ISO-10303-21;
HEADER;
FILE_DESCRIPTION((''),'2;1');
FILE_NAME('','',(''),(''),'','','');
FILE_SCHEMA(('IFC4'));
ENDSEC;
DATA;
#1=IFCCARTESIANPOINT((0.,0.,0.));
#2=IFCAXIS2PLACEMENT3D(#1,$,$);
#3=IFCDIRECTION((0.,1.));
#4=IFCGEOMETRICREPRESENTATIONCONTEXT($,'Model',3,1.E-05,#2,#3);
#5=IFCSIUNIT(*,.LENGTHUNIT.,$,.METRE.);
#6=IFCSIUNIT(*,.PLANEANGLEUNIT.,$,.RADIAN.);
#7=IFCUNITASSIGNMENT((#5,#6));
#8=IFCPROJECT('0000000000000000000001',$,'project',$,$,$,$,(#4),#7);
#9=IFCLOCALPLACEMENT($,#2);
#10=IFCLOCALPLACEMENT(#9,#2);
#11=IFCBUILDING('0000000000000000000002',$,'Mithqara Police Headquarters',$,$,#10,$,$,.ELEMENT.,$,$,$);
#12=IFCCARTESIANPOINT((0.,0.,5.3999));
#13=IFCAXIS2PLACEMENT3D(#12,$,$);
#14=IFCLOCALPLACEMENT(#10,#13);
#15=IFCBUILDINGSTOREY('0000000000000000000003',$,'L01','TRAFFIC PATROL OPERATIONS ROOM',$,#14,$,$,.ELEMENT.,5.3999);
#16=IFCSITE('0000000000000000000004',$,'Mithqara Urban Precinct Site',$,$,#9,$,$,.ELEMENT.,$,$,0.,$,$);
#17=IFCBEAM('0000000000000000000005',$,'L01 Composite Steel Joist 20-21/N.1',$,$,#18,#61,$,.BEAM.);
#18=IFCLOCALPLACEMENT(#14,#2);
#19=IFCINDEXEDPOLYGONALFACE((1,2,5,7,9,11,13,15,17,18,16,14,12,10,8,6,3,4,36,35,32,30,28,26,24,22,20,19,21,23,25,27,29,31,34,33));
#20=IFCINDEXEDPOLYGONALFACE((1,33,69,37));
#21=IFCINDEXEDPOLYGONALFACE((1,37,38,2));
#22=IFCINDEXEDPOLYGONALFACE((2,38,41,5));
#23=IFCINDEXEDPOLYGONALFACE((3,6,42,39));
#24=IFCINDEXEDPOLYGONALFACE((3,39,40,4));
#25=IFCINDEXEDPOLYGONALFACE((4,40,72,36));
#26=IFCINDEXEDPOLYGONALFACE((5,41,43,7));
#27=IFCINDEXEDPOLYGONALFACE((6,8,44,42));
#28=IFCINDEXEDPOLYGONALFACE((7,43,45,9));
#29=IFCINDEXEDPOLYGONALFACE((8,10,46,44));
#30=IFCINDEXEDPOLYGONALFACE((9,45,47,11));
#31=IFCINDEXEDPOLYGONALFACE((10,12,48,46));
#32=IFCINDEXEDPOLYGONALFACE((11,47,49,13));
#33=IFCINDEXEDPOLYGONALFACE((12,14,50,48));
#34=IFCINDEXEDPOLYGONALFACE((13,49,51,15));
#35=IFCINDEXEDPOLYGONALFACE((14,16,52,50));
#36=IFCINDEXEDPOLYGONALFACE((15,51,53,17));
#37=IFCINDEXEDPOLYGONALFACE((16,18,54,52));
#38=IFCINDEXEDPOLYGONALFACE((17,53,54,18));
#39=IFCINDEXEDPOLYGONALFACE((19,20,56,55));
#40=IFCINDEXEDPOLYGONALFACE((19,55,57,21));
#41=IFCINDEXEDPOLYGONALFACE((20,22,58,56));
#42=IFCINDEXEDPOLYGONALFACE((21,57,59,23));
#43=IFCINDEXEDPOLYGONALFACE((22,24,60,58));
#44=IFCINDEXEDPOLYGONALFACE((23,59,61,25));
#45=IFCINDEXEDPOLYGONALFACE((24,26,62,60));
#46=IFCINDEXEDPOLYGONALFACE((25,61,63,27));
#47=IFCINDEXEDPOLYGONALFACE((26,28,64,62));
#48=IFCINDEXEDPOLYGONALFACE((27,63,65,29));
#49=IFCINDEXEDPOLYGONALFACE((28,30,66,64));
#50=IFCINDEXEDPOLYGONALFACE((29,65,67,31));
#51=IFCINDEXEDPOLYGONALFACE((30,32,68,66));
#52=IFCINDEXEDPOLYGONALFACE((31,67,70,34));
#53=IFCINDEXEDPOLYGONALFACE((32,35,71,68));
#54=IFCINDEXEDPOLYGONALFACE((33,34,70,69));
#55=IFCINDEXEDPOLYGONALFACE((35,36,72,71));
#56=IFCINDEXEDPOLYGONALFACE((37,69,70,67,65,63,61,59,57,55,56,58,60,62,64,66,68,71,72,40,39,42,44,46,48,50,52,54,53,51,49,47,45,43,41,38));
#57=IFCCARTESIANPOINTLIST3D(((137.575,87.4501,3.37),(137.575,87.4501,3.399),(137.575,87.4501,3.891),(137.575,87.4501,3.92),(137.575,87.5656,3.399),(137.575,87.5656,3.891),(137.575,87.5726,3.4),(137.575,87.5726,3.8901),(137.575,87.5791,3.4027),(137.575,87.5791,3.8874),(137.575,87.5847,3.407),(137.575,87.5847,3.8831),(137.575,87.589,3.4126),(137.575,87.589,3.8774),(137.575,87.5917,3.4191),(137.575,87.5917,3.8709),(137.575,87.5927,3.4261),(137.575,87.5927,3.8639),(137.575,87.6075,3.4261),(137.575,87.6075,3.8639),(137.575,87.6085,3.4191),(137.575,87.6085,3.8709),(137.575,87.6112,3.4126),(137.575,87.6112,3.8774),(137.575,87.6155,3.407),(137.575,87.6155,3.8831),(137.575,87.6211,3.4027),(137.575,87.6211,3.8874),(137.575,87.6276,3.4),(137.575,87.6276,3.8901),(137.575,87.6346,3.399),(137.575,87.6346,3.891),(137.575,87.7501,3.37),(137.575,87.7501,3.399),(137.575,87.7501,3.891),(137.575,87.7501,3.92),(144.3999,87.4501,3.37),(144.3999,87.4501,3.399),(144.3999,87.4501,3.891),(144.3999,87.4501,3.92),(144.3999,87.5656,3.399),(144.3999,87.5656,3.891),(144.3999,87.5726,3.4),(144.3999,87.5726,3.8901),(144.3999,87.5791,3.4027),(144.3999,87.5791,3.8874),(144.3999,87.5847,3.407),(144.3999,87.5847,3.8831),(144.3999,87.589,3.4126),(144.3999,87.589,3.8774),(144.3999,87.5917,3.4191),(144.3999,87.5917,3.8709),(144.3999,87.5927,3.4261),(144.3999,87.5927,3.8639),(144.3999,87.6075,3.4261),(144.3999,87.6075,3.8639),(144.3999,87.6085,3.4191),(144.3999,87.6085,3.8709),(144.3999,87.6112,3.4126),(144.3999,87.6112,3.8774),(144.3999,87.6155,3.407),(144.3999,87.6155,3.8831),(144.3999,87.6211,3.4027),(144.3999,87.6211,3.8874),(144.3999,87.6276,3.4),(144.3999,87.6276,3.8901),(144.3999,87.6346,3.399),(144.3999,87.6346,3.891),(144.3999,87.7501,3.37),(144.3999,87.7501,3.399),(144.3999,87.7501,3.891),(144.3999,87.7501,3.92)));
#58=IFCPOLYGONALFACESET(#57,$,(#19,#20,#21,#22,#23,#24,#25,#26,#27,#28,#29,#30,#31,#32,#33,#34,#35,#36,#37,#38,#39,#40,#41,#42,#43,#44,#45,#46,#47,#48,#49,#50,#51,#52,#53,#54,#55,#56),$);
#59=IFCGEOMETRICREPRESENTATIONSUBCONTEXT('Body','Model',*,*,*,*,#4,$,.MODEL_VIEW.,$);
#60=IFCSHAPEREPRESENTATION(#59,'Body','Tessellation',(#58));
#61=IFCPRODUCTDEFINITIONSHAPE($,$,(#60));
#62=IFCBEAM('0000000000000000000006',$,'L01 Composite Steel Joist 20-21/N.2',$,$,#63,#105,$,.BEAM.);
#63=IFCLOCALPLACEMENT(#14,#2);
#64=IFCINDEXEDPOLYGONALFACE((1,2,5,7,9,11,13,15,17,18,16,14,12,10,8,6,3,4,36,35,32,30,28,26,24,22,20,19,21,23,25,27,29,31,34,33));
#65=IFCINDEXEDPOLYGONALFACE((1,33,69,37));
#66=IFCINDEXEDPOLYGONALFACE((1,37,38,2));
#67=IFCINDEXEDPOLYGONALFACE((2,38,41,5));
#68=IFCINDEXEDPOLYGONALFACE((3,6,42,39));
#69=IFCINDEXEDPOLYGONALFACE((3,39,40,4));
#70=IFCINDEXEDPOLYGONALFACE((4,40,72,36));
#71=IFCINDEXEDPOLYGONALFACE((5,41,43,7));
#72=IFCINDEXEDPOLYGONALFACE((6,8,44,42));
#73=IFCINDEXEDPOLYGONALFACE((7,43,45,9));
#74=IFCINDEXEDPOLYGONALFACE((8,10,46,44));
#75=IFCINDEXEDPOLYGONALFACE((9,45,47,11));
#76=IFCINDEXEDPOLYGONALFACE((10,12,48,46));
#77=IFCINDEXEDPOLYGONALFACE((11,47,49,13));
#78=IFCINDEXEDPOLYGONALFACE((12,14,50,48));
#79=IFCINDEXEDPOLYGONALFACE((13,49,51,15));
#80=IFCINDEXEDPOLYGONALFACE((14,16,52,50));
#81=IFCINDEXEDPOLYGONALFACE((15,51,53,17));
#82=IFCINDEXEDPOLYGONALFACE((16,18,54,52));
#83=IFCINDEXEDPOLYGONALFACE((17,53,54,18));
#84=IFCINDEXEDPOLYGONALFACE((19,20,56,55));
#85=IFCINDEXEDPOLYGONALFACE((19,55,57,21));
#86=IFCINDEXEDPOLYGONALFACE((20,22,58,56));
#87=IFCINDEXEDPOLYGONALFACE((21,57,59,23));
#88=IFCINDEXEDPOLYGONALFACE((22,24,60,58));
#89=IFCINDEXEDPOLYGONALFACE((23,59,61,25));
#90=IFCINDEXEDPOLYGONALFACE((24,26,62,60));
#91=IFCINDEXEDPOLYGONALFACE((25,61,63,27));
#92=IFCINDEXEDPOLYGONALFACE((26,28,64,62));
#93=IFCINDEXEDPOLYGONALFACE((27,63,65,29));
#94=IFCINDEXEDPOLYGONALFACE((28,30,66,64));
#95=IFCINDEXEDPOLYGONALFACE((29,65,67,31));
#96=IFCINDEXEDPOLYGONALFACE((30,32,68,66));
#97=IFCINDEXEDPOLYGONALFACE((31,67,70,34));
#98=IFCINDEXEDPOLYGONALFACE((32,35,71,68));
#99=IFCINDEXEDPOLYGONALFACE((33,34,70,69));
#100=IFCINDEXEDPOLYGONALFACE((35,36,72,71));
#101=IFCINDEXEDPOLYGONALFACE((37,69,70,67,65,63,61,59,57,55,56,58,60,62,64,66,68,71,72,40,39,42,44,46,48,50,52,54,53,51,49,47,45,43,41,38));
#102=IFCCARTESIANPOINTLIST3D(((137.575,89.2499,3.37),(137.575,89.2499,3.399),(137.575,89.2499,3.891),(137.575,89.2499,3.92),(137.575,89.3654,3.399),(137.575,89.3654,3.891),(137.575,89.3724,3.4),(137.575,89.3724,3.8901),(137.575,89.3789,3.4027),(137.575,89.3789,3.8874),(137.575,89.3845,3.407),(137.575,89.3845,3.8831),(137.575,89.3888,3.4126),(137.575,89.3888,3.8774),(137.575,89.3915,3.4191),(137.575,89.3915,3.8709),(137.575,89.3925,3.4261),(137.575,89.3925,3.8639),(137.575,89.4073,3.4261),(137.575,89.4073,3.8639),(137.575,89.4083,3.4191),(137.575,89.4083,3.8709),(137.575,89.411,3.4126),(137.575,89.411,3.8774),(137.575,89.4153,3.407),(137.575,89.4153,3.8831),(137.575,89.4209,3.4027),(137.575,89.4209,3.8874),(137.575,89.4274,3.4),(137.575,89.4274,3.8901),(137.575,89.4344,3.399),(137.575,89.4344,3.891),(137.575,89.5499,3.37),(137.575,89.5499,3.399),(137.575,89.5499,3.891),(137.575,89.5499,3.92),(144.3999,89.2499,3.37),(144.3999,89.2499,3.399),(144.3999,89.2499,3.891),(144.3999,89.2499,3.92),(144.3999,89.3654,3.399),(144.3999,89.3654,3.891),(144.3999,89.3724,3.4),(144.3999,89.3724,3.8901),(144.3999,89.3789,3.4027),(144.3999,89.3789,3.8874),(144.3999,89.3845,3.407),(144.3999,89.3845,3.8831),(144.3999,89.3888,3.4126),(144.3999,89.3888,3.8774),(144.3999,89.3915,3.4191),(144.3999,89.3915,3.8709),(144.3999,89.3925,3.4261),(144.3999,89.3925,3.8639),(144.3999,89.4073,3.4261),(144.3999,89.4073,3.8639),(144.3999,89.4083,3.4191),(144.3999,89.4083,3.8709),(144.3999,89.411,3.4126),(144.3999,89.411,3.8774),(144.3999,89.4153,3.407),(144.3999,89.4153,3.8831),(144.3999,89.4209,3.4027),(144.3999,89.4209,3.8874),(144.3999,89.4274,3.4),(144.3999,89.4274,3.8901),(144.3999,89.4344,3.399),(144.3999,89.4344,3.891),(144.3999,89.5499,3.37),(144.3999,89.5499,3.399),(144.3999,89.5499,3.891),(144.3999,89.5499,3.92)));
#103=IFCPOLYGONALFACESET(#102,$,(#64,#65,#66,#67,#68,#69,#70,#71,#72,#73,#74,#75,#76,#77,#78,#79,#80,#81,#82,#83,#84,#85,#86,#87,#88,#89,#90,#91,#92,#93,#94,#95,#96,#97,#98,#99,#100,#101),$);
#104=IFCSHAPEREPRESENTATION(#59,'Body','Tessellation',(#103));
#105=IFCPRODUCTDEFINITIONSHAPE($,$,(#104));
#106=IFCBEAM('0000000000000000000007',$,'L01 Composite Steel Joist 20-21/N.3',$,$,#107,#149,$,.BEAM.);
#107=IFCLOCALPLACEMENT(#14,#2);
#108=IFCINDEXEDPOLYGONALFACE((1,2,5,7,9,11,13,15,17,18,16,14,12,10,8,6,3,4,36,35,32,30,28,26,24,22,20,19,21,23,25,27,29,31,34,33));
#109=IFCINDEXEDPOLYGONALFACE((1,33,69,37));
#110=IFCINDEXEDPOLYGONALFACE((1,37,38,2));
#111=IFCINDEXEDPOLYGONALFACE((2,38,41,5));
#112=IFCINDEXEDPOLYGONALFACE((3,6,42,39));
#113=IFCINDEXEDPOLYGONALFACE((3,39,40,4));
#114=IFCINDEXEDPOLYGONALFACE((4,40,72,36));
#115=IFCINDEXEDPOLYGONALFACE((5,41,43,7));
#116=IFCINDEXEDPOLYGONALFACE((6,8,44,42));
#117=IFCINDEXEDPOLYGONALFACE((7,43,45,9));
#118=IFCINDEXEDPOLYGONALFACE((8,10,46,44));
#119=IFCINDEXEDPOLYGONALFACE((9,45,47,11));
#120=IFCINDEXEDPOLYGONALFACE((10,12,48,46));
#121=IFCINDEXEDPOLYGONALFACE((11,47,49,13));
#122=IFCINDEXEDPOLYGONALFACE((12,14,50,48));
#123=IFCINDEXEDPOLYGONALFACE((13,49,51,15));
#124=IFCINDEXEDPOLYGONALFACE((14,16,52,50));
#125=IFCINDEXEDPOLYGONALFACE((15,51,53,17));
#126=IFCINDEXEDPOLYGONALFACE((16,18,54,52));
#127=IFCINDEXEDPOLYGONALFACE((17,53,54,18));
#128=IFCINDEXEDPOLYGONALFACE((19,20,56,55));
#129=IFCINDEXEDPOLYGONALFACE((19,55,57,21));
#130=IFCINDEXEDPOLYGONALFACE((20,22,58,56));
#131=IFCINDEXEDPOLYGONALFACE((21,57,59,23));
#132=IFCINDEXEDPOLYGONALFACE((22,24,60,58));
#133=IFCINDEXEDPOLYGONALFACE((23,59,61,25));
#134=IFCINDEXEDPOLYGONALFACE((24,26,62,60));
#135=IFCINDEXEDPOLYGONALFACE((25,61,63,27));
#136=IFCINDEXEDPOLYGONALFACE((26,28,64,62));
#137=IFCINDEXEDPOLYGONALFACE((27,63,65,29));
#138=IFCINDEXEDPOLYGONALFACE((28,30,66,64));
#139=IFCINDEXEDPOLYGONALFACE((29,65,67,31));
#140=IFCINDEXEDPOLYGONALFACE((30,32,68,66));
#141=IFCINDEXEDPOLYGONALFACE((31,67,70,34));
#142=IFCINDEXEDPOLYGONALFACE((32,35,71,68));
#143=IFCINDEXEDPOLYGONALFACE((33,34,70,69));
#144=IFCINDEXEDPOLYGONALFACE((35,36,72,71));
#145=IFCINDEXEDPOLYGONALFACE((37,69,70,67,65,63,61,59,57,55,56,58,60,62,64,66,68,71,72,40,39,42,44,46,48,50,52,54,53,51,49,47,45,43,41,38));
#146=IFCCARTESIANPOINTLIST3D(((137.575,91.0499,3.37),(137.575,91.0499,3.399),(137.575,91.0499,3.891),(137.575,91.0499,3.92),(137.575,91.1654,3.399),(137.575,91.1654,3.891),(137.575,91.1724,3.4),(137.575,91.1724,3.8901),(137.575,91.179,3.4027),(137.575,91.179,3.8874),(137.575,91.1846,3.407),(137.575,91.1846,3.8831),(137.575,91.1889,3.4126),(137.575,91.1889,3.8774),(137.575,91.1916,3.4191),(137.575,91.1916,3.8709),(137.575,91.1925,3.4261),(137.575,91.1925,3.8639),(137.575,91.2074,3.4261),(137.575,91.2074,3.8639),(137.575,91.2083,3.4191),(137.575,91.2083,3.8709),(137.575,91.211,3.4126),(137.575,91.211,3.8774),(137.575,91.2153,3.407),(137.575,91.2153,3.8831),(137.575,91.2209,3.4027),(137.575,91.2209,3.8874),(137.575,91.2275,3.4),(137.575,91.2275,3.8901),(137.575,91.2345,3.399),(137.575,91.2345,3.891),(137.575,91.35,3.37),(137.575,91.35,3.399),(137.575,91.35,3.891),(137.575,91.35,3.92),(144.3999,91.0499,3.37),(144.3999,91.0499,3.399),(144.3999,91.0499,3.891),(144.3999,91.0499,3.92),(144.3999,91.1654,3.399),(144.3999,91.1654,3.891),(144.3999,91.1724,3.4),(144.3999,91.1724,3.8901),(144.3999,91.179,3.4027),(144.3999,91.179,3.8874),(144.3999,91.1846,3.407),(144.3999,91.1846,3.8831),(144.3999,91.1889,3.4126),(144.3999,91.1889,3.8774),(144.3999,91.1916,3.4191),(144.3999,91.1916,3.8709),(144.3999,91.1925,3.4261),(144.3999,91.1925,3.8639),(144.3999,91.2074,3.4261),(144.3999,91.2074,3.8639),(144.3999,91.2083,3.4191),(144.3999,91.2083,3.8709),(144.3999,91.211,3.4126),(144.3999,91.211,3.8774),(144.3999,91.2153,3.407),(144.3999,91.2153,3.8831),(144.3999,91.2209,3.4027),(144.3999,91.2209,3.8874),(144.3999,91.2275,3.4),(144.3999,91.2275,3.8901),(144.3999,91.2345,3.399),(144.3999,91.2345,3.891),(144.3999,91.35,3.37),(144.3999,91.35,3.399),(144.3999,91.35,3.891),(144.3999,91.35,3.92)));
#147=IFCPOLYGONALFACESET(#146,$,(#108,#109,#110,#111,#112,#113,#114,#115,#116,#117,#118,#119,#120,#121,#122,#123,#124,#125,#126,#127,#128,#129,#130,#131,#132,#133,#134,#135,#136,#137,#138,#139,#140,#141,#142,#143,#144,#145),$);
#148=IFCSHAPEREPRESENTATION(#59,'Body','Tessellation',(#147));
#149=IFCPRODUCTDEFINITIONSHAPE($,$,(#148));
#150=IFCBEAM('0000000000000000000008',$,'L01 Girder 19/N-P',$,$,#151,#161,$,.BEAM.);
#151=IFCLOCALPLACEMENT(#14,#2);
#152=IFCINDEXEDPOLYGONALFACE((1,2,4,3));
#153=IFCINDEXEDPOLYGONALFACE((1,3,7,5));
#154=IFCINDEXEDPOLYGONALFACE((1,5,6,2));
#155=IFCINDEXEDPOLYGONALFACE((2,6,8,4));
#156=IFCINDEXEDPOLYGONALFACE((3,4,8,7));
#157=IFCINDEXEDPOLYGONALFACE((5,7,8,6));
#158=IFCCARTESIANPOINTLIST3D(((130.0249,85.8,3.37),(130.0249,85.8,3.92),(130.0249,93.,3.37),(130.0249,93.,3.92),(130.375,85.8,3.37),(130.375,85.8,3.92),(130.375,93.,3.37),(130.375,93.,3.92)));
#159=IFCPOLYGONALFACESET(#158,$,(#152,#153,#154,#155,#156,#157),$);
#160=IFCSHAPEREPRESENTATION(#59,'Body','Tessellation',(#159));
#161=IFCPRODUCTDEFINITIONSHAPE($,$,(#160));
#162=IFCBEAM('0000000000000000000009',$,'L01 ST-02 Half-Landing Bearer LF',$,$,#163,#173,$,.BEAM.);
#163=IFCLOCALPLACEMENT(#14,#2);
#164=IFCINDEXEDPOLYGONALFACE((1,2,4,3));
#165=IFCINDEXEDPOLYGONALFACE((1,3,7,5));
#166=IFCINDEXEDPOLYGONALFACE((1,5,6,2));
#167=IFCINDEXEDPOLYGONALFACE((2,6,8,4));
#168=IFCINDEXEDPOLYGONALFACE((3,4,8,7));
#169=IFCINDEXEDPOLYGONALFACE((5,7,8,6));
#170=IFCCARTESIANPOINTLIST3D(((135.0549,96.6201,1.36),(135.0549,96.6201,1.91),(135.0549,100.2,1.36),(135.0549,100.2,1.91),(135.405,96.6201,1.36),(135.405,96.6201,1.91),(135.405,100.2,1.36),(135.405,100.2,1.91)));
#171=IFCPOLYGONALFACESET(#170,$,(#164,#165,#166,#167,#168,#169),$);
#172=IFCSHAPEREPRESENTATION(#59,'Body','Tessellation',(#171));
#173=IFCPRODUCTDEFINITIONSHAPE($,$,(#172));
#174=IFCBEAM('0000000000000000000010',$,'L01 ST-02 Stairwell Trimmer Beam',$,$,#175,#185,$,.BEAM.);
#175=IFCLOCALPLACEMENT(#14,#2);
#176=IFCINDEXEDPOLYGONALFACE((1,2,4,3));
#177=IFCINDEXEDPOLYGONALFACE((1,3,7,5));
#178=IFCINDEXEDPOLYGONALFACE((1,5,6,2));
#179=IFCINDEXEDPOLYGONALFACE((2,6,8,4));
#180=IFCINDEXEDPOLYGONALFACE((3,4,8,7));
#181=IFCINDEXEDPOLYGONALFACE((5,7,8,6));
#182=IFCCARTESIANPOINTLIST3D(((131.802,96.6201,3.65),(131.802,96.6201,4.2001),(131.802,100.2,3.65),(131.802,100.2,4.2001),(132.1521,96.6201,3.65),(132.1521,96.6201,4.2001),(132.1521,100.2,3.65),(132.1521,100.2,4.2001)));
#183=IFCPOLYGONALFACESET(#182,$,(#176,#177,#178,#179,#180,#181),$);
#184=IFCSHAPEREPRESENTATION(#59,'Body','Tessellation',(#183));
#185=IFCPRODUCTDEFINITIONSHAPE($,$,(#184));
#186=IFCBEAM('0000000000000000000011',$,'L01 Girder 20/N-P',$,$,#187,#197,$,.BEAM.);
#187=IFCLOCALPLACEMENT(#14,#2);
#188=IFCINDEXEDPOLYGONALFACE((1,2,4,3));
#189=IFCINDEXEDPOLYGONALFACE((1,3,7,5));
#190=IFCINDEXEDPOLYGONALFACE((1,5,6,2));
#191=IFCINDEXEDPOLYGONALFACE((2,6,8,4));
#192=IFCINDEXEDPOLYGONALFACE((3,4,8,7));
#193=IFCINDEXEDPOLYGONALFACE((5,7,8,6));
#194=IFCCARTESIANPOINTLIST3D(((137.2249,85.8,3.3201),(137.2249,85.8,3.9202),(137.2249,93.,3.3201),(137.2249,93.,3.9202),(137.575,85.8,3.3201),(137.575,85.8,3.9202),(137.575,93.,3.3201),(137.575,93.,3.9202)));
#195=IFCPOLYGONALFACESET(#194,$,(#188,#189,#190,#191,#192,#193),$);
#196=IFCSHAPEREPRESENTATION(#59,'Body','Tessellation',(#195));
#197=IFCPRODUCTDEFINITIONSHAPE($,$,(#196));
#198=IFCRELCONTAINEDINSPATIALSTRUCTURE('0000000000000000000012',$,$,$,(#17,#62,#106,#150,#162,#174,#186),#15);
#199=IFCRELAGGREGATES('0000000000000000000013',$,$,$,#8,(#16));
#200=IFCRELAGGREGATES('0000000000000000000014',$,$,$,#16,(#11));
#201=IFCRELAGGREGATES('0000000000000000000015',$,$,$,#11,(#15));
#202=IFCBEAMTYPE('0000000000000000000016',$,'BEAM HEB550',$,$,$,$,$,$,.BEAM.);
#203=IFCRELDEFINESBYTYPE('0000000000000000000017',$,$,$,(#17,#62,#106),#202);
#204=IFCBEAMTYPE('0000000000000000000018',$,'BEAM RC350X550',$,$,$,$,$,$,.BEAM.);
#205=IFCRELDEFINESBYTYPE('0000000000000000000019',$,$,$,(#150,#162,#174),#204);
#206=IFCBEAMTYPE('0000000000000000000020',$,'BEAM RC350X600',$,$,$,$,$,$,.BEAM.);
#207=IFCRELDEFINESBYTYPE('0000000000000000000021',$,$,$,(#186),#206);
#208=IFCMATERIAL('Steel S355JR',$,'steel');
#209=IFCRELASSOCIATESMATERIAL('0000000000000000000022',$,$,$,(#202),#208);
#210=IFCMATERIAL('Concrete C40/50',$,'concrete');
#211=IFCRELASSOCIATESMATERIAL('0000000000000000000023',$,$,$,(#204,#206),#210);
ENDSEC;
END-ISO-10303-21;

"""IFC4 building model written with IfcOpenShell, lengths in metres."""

from ifc_helpers import new_model, si_unit, direction, frame, origin, origin_2d, place, context, subcontext, project, spatial, rectangle, i_section, extrude, material, material_profile, profile_set, type_object, element, save


model = new_model("IFC4")

# Units and contexts
model_context = context("Model", 3, precision=1e-05, world=origin(), true_north=direction((0.0, 1.0)))
body_context = subcontext(model_context, "Body", "Model", "MODEL_VIEW")
ifc_project = project(units=[si_unit("LENGTHUNIT", "METRE"), si_unit("PLANEANGLEUNIT", "RADIAN")], contexts=[model_context])

# Site, building, storey
site_placement = place(None, origin())
site = spatial("IfcSite", under=ifc_project, at=site_placement, Name="Mithqara Urban Precinct Site", CompositionType="ELEMENT", RefElevation=0.0)
building_placement = place(site_placement, origin())
building = spatial("IfcBuilding", under=site, at=building_placement, Name="Mithqara Police Headquarters", CompositionType="ELEMENT")
storey_placement = place(building_placement, frame((0.0, 0.0, 5.3999)))
storey = spatial("IfcBuildingStorey", under=building, at=storey_placement, Name="L01", Description="TRAFFIC PATROL OPERATIONS ROOM", CompositionType="ELEMENT", Elevation=5.3999)

# Beams
ifc_material_1 = material(Name="Steel S355JR", Category="steel")
ifc_material_profile_1 = material_profile(ifc_material_1, i_section(OverallWidth=0.3, OverallDepth=0.55, WebThickness=0.0149, FlangeThickness=0.0291, FilletRadius=0.0271, at=origin_2d()), Name="HEB 550")
ifc_profile_set_1 = profile_set([ifc_material_profile_1], Name="Steel S355JR")
beam_type_1 = type_object("IfcBeamType", Name="BEAM HEB550", PredefinedType="BEAM", material=ifc_profile_set_1)
for number, where, z_axis, x_axis, name in (
    (1, (137.575, 87.6001, 3.645), (1.0, 0.0, 0.0), (0.0, 1.0, 0.0), "L01 Composite Steel Joist 20-21/N.1"),
    (2, (137.575, 89.3999, 3.645), (1.0, 0.0, 0.0), (0.0, 1.0, 0.0), "L01 Composite Steel Joist 20-21/N.2"),
    (3, (137.575, 91.2, 3.645), (1.0, 0.0, 0.0), (0.0, 1.0, 0.0), "L01 Composite Steel Joist 20-21/N.3"),
):
    element("IfcBeam", number, at=place(storey_placement, frame(where, z_axis=z_axis, x_axis=x_axis)), inside=storey, type_object=beam_type_1, Name=name, PredefinedType="BEAM", context=body_context, shape_type="SweptSolid", body=[
        extrude(i_section(OverallWidth=0.3, OverallDepth=0.55, WebThickness=0.0149, FlangeThickness=0.0291, FilletRadius=0.0271, at=origin_2d()), origin(), (0.0, 0.0, 1.0), 6.825),
    ])
ifc_material_2 = material(Name="Concrete C40/50", Category="concrete")
ifc_material_profile_2 = material_profile(ifc_material_2, rectangle(XDim=0.3501, YDim=0.55, at=origin_2d()), Name="RC 350x550")
ifc_profile_set_2 = profile_set([ifc_material_profile_2], Name="Concrete C40/50")
beam_type_2 = type_object("IfcBeamType", Name="BEAM RC350X550", PredefinedType="BEAM", material=ifc_profile_set_2)
beam_1_placement = place(storey_placement, frame((130.2, 85.8, 3.645), z_axis=(0.0, 1.0, 0.0), x_axis=(-1.0, 0.0, 0.0)))
element("IfcBeam", 4, at=beam_1_placement, inside=storey, type_object=beam_type_2, Name="L01 Girder 19/N-P", PredefinedType="BEAM", context=body_context, shape_type="SweptSolid", body=[
    extrude(rectangle(XDim=0.3501, YDim=0.55, at=origin_2d()), origin(), (0.0, 0.0, 1.0), 7.2),
])
for number, where, z_axis, x_axis, name in (
    (5, (135.23, 96.6201, 1.635), (0.0, 1.0, 0.0), (-1.0, 0.0, 0.0), "L01 ST-02 Half-Landing Bearer LF"),
    (6, (131.9771, 96.6201, 3.925), (0.0, 1.0, 0.0), (-1.0, 0.0, 0.0), "L01 ST-02 Stairwell Trimmer Beam"),
):
    element("IfcBeam", number, at=place(storey_placement, frame(where, z_axis=z_axis, x_axis=x_axis)), inside=storey, type_object=beam_type_2, Name=name, PredefinedType="BEAM", context=body_context, shape_type="SweptSolid", body=[
        extrude(rectangle(XDim=0.3501, YDim=0.55, at=origin_2d()), origin(), (0.0, 0.0, 1.0), 3.5798),
    ])
ifc_material_profile_3 = material_profile(ifc_material_2, rectangle(XDim=0.3501, YDim=0.6001, at=origin_2d()), Name="RC 350x600")
ifc_profile_set_3 = profile_set([ifc_material_profile_3], Name="Concrete C40/50")
beam_type_3 = type_object("IfcBeamType", Name="BEAM RC350X600", PredefinedType="BEAM", material=ifc_profile_set_3)
beam_2_placement = place(storey_placement, frame((137.3999, 85.8, 3.6201), z_axis=(0.0, 1.0, 0.0), x_axis=(-1.0, 0.0, 0.0)))
element("IfcBeam", 7, at=beam_2_placement, inside=storey, type_object=beam_type_3, Name="L01 Girder 20/N-P", PredefinedType="BEAM", context=body_context, shape_type="SweptSolid", body=[
    extrude(rectangle(XDim=0.3501, YDim=0.6001, at=origin_2d()), origin(), (0.0, 0.0, 1.0), 7.2),
])

save(model, "model.ifc")
